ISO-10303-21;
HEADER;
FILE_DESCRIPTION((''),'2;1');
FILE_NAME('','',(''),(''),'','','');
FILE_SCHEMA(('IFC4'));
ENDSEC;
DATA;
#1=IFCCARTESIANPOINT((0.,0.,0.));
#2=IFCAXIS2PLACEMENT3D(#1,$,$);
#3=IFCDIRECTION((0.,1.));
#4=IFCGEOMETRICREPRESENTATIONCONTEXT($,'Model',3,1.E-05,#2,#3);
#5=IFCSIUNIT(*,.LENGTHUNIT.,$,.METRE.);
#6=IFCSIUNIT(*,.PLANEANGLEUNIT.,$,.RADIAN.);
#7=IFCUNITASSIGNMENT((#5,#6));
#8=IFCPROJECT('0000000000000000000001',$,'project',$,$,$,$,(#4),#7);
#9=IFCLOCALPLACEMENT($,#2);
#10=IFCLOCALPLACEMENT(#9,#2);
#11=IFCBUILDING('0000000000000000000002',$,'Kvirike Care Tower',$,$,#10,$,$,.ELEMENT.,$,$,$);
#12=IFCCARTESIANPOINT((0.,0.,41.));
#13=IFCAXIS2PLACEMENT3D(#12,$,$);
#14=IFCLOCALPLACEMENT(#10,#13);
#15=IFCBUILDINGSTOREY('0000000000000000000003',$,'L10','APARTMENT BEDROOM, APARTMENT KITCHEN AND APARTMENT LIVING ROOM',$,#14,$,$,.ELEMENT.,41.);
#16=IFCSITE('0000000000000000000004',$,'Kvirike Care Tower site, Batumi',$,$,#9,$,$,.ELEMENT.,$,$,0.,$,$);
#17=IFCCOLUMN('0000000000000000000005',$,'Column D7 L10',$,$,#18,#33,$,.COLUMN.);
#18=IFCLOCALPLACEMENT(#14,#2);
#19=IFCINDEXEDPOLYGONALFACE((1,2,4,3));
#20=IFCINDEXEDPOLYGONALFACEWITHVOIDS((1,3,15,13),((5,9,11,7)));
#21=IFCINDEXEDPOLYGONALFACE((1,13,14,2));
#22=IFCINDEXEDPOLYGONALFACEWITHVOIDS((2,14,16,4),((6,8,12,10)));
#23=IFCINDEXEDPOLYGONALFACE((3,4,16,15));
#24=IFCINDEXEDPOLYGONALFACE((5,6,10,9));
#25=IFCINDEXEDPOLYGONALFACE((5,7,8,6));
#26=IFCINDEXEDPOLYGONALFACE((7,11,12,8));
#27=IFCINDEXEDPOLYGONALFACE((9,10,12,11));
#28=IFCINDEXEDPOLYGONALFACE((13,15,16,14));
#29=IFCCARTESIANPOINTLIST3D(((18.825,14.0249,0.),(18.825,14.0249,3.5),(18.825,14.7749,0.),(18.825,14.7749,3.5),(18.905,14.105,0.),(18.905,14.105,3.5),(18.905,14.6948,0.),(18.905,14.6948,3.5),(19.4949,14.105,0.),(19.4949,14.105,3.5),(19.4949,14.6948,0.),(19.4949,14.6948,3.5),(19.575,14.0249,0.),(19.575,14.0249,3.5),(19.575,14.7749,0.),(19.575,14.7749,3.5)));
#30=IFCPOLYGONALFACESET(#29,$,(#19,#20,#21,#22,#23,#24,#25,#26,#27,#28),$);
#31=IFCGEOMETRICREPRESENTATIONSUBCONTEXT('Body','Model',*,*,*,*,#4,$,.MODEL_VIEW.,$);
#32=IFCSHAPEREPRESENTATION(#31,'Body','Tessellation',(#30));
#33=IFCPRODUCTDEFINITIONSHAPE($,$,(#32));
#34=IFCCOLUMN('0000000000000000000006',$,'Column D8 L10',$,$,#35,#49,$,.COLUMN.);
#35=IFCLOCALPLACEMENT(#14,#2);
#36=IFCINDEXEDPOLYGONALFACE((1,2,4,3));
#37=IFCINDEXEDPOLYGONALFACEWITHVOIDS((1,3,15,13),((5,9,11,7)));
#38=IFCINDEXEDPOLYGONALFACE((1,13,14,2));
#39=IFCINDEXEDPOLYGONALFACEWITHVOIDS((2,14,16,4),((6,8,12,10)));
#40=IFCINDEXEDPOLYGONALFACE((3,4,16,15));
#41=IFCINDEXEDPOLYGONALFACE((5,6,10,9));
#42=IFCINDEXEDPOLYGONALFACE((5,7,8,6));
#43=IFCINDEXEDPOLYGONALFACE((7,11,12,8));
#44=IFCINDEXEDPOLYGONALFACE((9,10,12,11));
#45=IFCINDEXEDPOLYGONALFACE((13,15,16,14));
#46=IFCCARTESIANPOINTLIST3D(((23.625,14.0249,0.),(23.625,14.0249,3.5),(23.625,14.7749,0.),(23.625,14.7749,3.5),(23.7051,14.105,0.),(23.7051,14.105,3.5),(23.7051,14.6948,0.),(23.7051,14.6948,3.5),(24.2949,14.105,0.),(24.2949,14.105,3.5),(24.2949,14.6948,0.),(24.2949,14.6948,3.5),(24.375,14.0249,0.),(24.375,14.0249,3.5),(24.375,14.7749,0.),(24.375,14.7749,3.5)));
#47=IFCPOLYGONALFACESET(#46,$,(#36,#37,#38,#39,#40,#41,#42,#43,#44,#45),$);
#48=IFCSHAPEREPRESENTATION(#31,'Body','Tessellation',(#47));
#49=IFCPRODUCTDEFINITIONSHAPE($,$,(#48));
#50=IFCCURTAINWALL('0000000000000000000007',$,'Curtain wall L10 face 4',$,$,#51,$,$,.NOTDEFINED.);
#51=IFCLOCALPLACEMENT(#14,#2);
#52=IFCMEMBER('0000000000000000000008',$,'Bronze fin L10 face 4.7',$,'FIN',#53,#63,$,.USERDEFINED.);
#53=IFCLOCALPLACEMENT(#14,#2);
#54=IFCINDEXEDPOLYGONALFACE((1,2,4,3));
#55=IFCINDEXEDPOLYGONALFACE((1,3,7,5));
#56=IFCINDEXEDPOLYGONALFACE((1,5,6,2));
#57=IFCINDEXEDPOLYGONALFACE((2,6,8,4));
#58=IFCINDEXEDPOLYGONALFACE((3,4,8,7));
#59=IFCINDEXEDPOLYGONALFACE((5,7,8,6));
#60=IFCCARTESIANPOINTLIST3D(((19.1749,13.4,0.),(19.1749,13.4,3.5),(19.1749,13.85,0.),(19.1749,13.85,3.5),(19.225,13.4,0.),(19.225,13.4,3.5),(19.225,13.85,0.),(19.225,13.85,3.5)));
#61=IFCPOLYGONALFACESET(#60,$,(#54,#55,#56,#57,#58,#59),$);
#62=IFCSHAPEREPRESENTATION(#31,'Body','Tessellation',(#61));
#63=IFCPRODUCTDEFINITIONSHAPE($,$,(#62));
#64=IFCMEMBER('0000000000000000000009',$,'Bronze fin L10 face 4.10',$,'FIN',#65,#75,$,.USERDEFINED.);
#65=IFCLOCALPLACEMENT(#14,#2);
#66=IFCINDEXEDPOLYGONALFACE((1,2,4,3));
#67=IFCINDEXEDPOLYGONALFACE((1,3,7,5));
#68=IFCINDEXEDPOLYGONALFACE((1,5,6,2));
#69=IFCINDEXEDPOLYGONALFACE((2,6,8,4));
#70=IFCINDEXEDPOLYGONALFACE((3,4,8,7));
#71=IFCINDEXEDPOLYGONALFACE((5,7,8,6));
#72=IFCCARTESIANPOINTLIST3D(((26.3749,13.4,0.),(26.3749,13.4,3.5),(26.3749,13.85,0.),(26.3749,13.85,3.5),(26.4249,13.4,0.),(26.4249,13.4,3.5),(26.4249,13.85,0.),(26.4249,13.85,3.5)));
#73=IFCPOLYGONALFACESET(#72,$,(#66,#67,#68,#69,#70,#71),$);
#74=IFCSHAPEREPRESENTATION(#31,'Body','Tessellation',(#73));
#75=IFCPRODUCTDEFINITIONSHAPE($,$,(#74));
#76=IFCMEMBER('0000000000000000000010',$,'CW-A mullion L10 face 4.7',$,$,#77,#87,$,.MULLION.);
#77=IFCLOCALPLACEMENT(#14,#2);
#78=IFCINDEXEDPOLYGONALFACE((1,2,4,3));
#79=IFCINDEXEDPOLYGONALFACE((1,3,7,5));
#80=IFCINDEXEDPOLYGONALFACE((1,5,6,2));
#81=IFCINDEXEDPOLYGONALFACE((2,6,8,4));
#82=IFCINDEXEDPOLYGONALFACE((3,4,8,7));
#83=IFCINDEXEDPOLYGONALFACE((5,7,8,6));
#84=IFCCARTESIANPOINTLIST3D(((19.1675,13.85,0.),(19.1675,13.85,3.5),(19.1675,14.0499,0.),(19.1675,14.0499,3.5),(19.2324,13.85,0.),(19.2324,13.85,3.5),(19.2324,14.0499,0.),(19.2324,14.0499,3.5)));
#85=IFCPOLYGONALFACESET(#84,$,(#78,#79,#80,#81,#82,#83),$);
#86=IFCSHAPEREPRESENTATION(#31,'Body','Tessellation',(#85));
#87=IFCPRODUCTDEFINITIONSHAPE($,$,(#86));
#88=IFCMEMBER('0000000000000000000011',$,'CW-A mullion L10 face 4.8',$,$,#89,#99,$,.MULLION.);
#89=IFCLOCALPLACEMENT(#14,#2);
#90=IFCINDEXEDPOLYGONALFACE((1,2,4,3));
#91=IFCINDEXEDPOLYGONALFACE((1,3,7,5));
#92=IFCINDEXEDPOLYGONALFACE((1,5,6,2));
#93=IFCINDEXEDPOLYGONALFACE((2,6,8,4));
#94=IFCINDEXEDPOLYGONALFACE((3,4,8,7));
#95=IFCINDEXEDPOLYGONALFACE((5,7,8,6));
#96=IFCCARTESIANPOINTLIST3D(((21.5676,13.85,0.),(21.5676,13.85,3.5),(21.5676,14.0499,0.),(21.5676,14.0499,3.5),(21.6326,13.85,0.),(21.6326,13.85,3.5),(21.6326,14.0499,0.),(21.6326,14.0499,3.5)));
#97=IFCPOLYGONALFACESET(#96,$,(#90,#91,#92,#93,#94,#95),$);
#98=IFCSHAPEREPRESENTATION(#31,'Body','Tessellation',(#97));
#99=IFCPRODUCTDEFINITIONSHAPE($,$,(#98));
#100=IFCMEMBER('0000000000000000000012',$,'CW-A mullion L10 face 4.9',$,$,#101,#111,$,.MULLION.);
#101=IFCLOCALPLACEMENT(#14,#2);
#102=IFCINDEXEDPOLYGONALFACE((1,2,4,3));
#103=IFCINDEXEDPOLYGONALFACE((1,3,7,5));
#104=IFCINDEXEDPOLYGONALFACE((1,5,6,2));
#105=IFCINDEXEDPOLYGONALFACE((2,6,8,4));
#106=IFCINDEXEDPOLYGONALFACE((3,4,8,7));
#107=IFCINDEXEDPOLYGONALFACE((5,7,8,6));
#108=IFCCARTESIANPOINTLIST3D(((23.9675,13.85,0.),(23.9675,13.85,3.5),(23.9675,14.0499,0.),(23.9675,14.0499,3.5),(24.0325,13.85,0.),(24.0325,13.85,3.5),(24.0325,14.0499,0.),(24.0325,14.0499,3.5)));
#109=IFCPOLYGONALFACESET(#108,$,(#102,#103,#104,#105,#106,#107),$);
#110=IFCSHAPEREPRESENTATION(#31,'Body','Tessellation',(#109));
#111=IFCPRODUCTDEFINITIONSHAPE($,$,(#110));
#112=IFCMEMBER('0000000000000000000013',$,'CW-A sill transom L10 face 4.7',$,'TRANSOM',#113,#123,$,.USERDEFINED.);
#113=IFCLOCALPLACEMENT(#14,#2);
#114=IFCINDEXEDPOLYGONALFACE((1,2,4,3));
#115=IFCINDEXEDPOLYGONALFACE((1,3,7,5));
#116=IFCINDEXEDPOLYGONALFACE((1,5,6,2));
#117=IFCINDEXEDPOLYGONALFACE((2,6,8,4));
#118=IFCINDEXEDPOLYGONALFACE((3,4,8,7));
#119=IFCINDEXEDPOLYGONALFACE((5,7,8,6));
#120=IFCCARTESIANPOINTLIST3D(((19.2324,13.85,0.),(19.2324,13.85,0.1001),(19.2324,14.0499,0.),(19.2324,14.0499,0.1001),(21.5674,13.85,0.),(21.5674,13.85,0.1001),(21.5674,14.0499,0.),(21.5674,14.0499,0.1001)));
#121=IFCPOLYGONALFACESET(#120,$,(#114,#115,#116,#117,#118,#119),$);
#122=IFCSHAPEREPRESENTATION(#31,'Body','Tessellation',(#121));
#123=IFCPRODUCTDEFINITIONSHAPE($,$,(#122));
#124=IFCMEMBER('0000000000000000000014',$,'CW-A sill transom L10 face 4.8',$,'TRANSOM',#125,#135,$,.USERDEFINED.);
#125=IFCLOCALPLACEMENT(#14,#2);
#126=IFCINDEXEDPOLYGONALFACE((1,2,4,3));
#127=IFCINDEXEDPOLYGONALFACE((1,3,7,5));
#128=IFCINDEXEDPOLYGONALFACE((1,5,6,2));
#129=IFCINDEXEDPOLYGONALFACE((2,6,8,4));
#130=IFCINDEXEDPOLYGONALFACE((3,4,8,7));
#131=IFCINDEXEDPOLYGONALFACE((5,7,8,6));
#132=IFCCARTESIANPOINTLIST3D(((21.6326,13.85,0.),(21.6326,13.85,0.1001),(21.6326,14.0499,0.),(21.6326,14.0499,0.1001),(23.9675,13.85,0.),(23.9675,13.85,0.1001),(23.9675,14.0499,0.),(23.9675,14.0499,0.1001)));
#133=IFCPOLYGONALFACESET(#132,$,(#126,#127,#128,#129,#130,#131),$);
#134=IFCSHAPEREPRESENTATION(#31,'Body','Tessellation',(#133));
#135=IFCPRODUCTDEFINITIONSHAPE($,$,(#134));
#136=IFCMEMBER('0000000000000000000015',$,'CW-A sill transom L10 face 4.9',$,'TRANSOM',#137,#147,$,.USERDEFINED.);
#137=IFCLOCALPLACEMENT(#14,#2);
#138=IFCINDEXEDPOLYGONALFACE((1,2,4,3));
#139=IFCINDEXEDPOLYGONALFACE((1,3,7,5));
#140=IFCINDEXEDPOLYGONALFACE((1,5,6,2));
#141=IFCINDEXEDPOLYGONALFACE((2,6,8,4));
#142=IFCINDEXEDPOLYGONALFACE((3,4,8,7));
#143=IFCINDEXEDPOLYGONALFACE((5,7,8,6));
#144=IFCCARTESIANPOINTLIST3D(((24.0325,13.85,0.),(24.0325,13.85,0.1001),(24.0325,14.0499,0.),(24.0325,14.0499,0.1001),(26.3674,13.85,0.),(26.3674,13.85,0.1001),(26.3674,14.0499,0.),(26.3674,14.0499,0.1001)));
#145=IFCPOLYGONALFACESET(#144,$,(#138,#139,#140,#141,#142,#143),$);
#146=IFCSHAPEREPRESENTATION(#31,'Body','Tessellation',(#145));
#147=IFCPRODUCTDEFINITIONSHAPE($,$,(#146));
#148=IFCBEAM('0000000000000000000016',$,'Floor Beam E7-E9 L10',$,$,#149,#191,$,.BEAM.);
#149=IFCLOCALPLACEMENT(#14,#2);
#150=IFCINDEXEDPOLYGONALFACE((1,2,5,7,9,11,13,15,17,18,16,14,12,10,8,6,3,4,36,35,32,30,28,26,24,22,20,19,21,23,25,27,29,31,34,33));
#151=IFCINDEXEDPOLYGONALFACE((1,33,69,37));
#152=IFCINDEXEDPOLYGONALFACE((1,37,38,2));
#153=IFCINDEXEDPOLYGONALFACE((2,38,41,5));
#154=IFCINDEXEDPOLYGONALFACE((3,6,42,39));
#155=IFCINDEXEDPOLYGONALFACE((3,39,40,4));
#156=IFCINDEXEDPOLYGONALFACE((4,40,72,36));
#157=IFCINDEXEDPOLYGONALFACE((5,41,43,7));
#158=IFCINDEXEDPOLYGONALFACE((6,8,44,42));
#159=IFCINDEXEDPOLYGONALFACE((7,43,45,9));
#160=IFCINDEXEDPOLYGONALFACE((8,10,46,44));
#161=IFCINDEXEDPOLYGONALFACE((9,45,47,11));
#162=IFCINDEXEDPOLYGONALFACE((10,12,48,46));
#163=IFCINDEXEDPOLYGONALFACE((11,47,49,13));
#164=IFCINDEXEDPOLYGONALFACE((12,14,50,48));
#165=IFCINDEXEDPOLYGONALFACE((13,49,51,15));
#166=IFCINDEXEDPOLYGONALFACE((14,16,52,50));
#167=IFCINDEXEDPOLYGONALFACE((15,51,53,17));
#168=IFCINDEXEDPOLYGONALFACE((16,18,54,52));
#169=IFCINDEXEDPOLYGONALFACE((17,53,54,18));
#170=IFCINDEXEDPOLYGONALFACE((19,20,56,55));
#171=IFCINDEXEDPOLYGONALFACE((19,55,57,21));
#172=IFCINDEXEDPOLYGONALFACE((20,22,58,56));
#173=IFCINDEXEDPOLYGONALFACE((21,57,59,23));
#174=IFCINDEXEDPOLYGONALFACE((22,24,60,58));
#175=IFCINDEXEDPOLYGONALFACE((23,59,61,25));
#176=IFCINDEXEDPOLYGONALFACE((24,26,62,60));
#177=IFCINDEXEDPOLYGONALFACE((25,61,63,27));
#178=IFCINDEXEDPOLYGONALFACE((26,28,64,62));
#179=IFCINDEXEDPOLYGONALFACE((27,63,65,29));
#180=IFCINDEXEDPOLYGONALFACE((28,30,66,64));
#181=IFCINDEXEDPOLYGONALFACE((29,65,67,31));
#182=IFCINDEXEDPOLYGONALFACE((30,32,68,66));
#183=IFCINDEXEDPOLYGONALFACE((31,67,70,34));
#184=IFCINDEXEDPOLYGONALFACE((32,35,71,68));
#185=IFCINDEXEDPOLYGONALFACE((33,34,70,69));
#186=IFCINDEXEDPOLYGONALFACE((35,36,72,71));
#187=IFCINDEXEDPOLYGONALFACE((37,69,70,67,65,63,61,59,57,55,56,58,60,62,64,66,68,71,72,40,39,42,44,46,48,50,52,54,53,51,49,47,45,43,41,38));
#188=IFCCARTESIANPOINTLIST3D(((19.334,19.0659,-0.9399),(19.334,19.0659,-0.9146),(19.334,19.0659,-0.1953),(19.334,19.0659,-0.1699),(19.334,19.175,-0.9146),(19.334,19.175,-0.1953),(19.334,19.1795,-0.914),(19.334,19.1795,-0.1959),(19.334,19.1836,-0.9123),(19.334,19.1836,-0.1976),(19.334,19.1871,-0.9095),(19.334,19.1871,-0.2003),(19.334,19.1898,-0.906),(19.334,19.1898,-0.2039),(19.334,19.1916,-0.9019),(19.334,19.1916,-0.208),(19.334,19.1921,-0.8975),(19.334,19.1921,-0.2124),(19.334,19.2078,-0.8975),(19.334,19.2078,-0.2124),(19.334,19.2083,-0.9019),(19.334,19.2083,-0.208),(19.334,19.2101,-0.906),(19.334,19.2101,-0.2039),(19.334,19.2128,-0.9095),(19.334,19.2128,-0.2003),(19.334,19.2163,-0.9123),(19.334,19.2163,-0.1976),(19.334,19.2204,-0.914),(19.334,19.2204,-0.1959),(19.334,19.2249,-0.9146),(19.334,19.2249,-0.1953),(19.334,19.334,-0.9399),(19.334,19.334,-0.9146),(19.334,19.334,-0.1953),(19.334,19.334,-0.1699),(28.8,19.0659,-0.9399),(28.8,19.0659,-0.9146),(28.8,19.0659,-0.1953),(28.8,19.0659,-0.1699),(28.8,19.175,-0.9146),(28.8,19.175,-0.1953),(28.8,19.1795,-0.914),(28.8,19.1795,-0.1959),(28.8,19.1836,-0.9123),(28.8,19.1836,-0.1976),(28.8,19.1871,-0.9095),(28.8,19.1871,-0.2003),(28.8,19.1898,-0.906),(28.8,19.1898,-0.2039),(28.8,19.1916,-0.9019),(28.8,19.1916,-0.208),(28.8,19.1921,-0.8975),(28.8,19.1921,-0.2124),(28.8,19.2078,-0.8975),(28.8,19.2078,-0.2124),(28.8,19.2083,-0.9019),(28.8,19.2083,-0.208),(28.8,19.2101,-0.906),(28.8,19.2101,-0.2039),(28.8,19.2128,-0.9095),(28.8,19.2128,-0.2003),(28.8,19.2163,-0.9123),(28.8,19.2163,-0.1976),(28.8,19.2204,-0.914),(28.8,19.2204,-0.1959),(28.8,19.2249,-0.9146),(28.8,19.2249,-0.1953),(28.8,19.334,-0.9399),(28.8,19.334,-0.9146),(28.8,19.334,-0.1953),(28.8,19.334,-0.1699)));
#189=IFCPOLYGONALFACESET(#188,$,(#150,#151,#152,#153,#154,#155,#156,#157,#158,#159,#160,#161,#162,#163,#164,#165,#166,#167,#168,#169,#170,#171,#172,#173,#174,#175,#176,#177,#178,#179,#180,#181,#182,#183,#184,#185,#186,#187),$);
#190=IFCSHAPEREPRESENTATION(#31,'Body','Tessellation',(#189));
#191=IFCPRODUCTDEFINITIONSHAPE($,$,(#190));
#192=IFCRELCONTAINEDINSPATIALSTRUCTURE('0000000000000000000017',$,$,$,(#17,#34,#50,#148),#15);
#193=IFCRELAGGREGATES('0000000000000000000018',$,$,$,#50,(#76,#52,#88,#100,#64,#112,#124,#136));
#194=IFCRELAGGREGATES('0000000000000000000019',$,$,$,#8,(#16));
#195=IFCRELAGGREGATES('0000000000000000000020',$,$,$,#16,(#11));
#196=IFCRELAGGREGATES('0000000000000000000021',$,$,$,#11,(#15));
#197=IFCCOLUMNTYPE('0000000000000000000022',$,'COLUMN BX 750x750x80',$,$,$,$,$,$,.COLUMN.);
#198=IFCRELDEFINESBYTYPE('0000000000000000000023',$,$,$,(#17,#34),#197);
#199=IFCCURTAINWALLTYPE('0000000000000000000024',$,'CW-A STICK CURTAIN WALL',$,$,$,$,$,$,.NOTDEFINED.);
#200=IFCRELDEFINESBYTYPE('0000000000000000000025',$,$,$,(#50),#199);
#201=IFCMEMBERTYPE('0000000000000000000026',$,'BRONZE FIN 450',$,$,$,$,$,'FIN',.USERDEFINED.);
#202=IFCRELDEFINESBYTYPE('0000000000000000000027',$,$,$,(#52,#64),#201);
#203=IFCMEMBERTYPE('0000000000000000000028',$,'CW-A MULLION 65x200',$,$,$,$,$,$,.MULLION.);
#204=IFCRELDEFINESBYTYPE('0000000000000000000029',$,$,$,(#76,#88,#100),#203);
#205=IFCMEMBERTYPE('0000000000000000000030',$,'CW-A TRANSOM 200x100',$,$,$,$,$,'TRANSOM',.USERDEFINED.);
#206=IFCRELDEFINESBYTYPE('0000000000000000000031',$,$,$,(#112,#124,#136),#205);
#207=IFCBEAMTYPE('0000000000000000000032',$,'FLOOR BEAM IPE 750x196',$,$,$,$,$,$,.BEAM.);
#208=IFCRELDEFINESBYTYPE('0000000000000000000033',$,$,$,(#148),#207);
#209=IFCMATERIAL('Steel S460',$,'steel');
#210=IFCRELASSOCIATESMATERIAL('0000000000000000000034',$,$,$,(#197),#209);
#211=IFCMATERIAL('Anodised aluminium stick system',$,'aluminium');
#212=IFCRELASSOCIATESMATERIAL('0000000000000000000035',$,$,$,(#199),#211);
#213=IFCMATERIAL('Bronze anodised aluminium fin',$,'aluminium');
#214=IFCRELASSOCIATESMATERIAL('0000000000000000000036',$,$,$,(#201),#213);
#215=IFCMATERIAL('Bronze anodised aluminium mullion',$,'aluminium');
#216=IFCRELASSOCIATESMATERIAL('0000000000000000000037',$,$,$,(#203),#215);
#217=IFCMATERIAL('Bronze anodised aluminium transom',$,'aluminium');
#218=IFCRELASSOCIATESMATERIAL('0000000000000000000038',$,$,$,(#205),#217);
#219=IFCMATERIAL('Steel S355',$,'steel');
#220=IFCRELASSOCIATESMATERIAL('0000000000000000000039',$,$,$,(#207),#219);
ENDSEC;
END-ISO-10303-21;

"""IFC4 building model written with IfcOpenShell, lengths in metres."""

from ifc_helpers import new_model, si_unit, direction, frame, origin, origin_2d, place, context, subcontext, project, spatial, rectangle, hollow_rectangle, i_section, extrude, material, material_profile, profile_set, type_object, element, aggregate, save


model = new_model("IFC4")

# Units and contexts
model_context = context("Model", 3, precision=1e-05, world=origin(), true_north=direction((0.0, 1.0)))
body_context = subcontext(model_context, "Body", "Model", "MODEL_VIEW")
ifc_project = project(units=[si_unit("LENGTHUNIT", "METRE"), si_unit("PLANEANGLEUNIT", "RADIAN")], contexts=[model_context])

# Site, building, storey
site_placement = place(None, origin())
site = spatial("IfcSite", under=ifc_project, at=site_placement, Name="Kvirike Care Tower site, Batumi", CompositionType="ELEMENT", RefElevation=0.0)
building_placement = place(site_placement, origin())
building = spatial("IfcBuilding", under=site, at=building_placement, Name="Kvirike Care Tower", CompositionType="ELEMENT")
storey_placement = place(building_placement, frame((0.0, 0.0, 41.0)))
storey = spatial("IfcBuildingStorey", under=building, at=storey_placement, Name="L10", Description="APARTMENT BEDROOM, APARTMENT KITCHEN AND APARTMENT LIVING ROOM", CompositionType="ELEMENT", Elevation=41.0)

# Columns
ifc_material_1 = material(Name="Steel S460", Category="steel")
ifc_material_profile_1 = material_profile(ifc_material_1, hollow_rectangle(XDim=0.75, YDim=0.75, WallThickness=0.0801, at=origin_2d()), Name="BX 750x750x80")
ifc_profile_set_1 = profile_set([ifc_material_profile_1], Name="Steel S460")
column_type = type_object("IfcColumnType", Name="COLUMN BX 750x750x80", PredefinedType="COLUMN", material=ifc_profile_set_1)
for number, where, z_axis, x_axis, name in (
    (1, (19.2, 14.3999, 0.0), (0.0, 0.0, 1.0), (0.0, 1.0, 0.0), "Column D7 L10"),
    (2, (24.0, 14.3999, 0.0), (0.0, 0.0, 1.0), (0.0, 1.0, 0.0), "Column D8 L10"),
):
    element("IfcColumn", number, at=place(storey_placement, frame(where, z_axis=z_axis, x_axis=x_axis)), inside=storey, type_object=column_type, Name=name, PredefinedType="COLUMN", context=body_context, shape_type="SweptSolid", body=[
        extrude(hollow_rectangle(XDim=0.75, YDim=0.75, WallThickness=0.0801, at=origin_2d()), origin(), (0.0, 0.0, 1.0), 3.5),
    ])

# Curtain wall, members
ifc_material_2 = material(Name="Anodised aluminium stick system", Category="aluminium")
curtain_wall_type = type_object("IfcCurtainWallType", Name="CW-A STICK CURTAIN WALL", PredefinedType="NOTDEFINED", material=ifc_material_2)
curtain_wall_placement = place(storey_placement, origin())
curtain_wall = element("IfcCurtainWall", 3, at=curtain_wall_placement, inside=storey, type_object=curtain_wall_type, Name="Curtain wall L10 face 4", PredefinedType="NOTDEFINED")
ifc_material_3 = material(Name="Bronze anodised aluminium fin", Category="aluminium")
ifc_material_profile_2 = material_profile(ifc_material_3, rectangle(XDim=0.05, YDim=0.45, at=origin_2d()), Name="BRONZE FIN 450")
ifc_profile_set_2 = profile_set([ifc_material_profile_2], Name="Bronze anodised aluminium fin")
member_type_1 = type_object("IfcMemberType", Name="BRONZE FIN 450", ElementType="FIN", PredefinedType="USERDEFINED", material=ifc_profile_set_2)
member_1_placement = place(storey_placement, frame((19.2, 13.625, 0.0), z_axis=(0.0, 0.0, 1.0), x_axis=(1.0, 0.0, 0.0)))
member_1 = element("IfcMember", 4, at=member_1_placement, type_object=member_type_1, Name="Bronze fin L10 face 4.7", ObjectType="FIN", PredefinedType="USERDEFINED", context=body_context, shape_type="SweptSolid", body=[
    extrude(rectangle(XDim=0.05, YDim=0.45, at=origin_2d()), origin(), (0.0, 0.0, 1.0), 3.5),
])
member_2_placement = place(storey_placement, frame((26.3999, 13.625, 0.0), z_axis=(0.0, 0.0, 1.0), x_axis=(1.0, 0.0, 0.0)))
member_2 = element("IfcMember", 5, at=member_2_placement, type_object=member_type_1, Name="Bronze fin L10 face 4.10", ObjectType="FIN", PredefinedType="USERDEFINED", context=body_context, shape_type="SweptSolid", body=[
    extrude(rectangle(XDim=0.05, YDim=0.45, at=origin_2d()), origin(), (0.0, 0.0, 1.0), 3.5),
])
ifc_material_4 = material(Name="Bronze anodised aluminium mullion", Category="aluminium")
ifc_material_profile_3 = material_profile(ifc_material_4, rectangle(XDim=0.0649, YDim=0.2, at=origin_2d()), Name="CW-A MULLION 65x200")
ifc_profile_set_3 = profile_set([ifc_material_profile_3], Name="Bronze anodised aluminium mullion")
member_type_2 = type_object("IfcMemberType", Name="CW-A MULLION 65x200", PredefinedType="MULLION", material=ifc_profile_set_3)
member_3_placement = place(storey_placement, frame((19.2, 13.95, 0.0), z_axis=(0.0, 0.0, 1.0), x_axis=(1.0, 0.0, 0.0)))
member_3 = element("IfcMember", 6, at=member_3_placement, type_object=member_type_2, Name="CW-A mullion L10 face 4.7", PredefinedType="MULLION", context=body_context, shape_type="SweptSolid", body=[
    extrude(rectangle(XDim=0.0649, YDim=0.2, at=origin_2d()), origin(), (0.0, 0.0, 1.0), 3.5),
])
member_4_placement = place(storey_placement, frame((21.6001, 13.95, 0.0), z_axis=(0.0, 0.0, 1.0), x_axis=(1.0, 0.0, 0.0)))
member_4 = element("IfcMember", 7, at=member_4_placement, type_object=member_type_2, Name="CW-A mullion L10 face 4.8", PredefinedType="MULLION", context=body_context, shape_type="SweptSolid", body=[
    extrude(rectangle(XDim=0.0649, YDim=0.2, at=origin_2d()), origin(), (0.0, 0.0, 1.0), 3.5),
])
member_5_placement = place(storey_placement, frame((24.0, 13.95, 0.0), z_axis=(0.0, 0.0, 1.0), x_axis=(1.0, 0.0, 0.0)))
member_5 = element("IfcMember", 8, at=member_5_placement, type_object=member_type_2, Name="CW-A mullion L10 face 4.9", PredefinedType="MULLION", context=body_context, shape_type="SweptSolid", body=[
    extrude(rectangle(XDim=0.0649, YDim=0.2, at=origin_2d()), origin(), (0.0, 0.0, 1.0), 3.5),
])
ifc_material_5 = material(Name="Bronze anodised aluminium transom", Category="aluminium")
ifc_material_profile_4 = material_profile(ifc_material_5, rectangle(XDim=0.2, YDim=0.1001, at=origin_2d()), Name="CW-A TRANSOM 200x100")
ifc_profile_set_4 = profile_set([ifc_material_profile_4], Name="Bronze anodised aluminium transom")
member_type_3 = type_object("IfcMemberType", Name="CW-A TRANSOM 200x100", ElementType="TRANSOM", PredefinedType="USERDEFINED", material=ifc_profile_set_4)
member_6_placement = place(storey_placement, frame((19.2324, 13.95, 0.05), z_axis=(1.0, 0.0, 0.0), x_axis=(0.0, 1.0, 0.0)))
member_6 = element("IfcMember", 9, at=member_6_placement, type_object=member_type_3, Name="CW-A sill transom L10 face 4.7", ObjectType="TRANSOM", PredefinedType="USERDEFINED", context=body_context, shape_type="SweptSolid", body=[
    extrude(rectangle(XDim=0.2, YDim=0.1001, at=origin_2d()), origin(), (0.0, 0.0, 1.0), 2.335),
])
member_7_placement = place(storey_placement, frame((21.6326, 13.95, 0.05), z_axis=(1.0, 0.0, 0.0), x_axis=(0.0, 1.0, 0.0)))
member_7 = element("IfcMember", 10, at=member_7_placement, type_object=member_type_3, Name="CW-A sill transom L10 face 4.8", ObjectType="TRANSOM", PredefinedType="USERDEFINED", context=body_context, shape_type="SweptSolid", body=[
    extrude(rectangle(XDim=0.2, YDim=0.1001, at=origin_2d()), origin(), (0.0, 0.0, 1.0), 2.335),
])
member_8_placement = place(storey_placement, frame((24.0325, 13.95, 0.05), z_axis=(1.0, 0.0, 0.0), x_axis=(0.0, 1.0, 0.0)))
member_8 = element("IfcMember", 11, at=member_8_placement, type_object=member_type_3, Name="CW-A sill transom L10 face 4.9", ObjectType="TRANSOM", PredefinedType="USERDEFINED", context=body_context, shape_type="SweptSolid", body=[
    extrude(rectangle(XDim=0.2, YDim=0.1001, at=origin_2d()), origin(), (0.0, 0.0, 1.0), 2.335),
])

# Beam
ifc_material_6 = material(Name="Steel S355", Category="steel")
ifc_material_profile_5 = material_profile(ifc_material_6, i_section(OverallWidth=0.2681, OverallDepth=0.77, WebThickness=0.0156, FlangeThickness=0.0254, FilletRadius=0.0171, at=origin_2d()), Name="IPE 750x196")
ifc_profile_set_5 = profile_set([ifc_material_profile_5], Name="Steel S355")
beam_type_1 = type_object("IfcBeamType", Name="FLOOR BEAM IPE 750x196", PredefinedType="BEAM", material=ifc_profile_set_5)
beam_1_placement = place(storey_placement, frame((19.334, 19.2, -0.5549), z_axis=(1.0, 0.0, 0.0), x_axis=(0.0, 1.0, 0.0)))
element("IfcBeam", 12, at=beam_1_placement, inside=storey, type_object=beam_type_1, Name="Floor Beam E7-E9 L10", PredefinedType="BEAM", context=body_context, shape_type="SweptSolid", body=[
    extrude(i_section(OverallWidth=0.2681, OverallDepth=0.77, WebThickness=0.0156, FlangeThickness=0.0254, FilletRadius=0.0171, at=origin_2d()), origin(), (0.0, 0.0, 1.0), 9.4661),
])

aggregate(curtain_wall, [member_3, member_1, member_4, member_5, member_2, member_6, member_7, member_8])

save(model, "model.ifc")
